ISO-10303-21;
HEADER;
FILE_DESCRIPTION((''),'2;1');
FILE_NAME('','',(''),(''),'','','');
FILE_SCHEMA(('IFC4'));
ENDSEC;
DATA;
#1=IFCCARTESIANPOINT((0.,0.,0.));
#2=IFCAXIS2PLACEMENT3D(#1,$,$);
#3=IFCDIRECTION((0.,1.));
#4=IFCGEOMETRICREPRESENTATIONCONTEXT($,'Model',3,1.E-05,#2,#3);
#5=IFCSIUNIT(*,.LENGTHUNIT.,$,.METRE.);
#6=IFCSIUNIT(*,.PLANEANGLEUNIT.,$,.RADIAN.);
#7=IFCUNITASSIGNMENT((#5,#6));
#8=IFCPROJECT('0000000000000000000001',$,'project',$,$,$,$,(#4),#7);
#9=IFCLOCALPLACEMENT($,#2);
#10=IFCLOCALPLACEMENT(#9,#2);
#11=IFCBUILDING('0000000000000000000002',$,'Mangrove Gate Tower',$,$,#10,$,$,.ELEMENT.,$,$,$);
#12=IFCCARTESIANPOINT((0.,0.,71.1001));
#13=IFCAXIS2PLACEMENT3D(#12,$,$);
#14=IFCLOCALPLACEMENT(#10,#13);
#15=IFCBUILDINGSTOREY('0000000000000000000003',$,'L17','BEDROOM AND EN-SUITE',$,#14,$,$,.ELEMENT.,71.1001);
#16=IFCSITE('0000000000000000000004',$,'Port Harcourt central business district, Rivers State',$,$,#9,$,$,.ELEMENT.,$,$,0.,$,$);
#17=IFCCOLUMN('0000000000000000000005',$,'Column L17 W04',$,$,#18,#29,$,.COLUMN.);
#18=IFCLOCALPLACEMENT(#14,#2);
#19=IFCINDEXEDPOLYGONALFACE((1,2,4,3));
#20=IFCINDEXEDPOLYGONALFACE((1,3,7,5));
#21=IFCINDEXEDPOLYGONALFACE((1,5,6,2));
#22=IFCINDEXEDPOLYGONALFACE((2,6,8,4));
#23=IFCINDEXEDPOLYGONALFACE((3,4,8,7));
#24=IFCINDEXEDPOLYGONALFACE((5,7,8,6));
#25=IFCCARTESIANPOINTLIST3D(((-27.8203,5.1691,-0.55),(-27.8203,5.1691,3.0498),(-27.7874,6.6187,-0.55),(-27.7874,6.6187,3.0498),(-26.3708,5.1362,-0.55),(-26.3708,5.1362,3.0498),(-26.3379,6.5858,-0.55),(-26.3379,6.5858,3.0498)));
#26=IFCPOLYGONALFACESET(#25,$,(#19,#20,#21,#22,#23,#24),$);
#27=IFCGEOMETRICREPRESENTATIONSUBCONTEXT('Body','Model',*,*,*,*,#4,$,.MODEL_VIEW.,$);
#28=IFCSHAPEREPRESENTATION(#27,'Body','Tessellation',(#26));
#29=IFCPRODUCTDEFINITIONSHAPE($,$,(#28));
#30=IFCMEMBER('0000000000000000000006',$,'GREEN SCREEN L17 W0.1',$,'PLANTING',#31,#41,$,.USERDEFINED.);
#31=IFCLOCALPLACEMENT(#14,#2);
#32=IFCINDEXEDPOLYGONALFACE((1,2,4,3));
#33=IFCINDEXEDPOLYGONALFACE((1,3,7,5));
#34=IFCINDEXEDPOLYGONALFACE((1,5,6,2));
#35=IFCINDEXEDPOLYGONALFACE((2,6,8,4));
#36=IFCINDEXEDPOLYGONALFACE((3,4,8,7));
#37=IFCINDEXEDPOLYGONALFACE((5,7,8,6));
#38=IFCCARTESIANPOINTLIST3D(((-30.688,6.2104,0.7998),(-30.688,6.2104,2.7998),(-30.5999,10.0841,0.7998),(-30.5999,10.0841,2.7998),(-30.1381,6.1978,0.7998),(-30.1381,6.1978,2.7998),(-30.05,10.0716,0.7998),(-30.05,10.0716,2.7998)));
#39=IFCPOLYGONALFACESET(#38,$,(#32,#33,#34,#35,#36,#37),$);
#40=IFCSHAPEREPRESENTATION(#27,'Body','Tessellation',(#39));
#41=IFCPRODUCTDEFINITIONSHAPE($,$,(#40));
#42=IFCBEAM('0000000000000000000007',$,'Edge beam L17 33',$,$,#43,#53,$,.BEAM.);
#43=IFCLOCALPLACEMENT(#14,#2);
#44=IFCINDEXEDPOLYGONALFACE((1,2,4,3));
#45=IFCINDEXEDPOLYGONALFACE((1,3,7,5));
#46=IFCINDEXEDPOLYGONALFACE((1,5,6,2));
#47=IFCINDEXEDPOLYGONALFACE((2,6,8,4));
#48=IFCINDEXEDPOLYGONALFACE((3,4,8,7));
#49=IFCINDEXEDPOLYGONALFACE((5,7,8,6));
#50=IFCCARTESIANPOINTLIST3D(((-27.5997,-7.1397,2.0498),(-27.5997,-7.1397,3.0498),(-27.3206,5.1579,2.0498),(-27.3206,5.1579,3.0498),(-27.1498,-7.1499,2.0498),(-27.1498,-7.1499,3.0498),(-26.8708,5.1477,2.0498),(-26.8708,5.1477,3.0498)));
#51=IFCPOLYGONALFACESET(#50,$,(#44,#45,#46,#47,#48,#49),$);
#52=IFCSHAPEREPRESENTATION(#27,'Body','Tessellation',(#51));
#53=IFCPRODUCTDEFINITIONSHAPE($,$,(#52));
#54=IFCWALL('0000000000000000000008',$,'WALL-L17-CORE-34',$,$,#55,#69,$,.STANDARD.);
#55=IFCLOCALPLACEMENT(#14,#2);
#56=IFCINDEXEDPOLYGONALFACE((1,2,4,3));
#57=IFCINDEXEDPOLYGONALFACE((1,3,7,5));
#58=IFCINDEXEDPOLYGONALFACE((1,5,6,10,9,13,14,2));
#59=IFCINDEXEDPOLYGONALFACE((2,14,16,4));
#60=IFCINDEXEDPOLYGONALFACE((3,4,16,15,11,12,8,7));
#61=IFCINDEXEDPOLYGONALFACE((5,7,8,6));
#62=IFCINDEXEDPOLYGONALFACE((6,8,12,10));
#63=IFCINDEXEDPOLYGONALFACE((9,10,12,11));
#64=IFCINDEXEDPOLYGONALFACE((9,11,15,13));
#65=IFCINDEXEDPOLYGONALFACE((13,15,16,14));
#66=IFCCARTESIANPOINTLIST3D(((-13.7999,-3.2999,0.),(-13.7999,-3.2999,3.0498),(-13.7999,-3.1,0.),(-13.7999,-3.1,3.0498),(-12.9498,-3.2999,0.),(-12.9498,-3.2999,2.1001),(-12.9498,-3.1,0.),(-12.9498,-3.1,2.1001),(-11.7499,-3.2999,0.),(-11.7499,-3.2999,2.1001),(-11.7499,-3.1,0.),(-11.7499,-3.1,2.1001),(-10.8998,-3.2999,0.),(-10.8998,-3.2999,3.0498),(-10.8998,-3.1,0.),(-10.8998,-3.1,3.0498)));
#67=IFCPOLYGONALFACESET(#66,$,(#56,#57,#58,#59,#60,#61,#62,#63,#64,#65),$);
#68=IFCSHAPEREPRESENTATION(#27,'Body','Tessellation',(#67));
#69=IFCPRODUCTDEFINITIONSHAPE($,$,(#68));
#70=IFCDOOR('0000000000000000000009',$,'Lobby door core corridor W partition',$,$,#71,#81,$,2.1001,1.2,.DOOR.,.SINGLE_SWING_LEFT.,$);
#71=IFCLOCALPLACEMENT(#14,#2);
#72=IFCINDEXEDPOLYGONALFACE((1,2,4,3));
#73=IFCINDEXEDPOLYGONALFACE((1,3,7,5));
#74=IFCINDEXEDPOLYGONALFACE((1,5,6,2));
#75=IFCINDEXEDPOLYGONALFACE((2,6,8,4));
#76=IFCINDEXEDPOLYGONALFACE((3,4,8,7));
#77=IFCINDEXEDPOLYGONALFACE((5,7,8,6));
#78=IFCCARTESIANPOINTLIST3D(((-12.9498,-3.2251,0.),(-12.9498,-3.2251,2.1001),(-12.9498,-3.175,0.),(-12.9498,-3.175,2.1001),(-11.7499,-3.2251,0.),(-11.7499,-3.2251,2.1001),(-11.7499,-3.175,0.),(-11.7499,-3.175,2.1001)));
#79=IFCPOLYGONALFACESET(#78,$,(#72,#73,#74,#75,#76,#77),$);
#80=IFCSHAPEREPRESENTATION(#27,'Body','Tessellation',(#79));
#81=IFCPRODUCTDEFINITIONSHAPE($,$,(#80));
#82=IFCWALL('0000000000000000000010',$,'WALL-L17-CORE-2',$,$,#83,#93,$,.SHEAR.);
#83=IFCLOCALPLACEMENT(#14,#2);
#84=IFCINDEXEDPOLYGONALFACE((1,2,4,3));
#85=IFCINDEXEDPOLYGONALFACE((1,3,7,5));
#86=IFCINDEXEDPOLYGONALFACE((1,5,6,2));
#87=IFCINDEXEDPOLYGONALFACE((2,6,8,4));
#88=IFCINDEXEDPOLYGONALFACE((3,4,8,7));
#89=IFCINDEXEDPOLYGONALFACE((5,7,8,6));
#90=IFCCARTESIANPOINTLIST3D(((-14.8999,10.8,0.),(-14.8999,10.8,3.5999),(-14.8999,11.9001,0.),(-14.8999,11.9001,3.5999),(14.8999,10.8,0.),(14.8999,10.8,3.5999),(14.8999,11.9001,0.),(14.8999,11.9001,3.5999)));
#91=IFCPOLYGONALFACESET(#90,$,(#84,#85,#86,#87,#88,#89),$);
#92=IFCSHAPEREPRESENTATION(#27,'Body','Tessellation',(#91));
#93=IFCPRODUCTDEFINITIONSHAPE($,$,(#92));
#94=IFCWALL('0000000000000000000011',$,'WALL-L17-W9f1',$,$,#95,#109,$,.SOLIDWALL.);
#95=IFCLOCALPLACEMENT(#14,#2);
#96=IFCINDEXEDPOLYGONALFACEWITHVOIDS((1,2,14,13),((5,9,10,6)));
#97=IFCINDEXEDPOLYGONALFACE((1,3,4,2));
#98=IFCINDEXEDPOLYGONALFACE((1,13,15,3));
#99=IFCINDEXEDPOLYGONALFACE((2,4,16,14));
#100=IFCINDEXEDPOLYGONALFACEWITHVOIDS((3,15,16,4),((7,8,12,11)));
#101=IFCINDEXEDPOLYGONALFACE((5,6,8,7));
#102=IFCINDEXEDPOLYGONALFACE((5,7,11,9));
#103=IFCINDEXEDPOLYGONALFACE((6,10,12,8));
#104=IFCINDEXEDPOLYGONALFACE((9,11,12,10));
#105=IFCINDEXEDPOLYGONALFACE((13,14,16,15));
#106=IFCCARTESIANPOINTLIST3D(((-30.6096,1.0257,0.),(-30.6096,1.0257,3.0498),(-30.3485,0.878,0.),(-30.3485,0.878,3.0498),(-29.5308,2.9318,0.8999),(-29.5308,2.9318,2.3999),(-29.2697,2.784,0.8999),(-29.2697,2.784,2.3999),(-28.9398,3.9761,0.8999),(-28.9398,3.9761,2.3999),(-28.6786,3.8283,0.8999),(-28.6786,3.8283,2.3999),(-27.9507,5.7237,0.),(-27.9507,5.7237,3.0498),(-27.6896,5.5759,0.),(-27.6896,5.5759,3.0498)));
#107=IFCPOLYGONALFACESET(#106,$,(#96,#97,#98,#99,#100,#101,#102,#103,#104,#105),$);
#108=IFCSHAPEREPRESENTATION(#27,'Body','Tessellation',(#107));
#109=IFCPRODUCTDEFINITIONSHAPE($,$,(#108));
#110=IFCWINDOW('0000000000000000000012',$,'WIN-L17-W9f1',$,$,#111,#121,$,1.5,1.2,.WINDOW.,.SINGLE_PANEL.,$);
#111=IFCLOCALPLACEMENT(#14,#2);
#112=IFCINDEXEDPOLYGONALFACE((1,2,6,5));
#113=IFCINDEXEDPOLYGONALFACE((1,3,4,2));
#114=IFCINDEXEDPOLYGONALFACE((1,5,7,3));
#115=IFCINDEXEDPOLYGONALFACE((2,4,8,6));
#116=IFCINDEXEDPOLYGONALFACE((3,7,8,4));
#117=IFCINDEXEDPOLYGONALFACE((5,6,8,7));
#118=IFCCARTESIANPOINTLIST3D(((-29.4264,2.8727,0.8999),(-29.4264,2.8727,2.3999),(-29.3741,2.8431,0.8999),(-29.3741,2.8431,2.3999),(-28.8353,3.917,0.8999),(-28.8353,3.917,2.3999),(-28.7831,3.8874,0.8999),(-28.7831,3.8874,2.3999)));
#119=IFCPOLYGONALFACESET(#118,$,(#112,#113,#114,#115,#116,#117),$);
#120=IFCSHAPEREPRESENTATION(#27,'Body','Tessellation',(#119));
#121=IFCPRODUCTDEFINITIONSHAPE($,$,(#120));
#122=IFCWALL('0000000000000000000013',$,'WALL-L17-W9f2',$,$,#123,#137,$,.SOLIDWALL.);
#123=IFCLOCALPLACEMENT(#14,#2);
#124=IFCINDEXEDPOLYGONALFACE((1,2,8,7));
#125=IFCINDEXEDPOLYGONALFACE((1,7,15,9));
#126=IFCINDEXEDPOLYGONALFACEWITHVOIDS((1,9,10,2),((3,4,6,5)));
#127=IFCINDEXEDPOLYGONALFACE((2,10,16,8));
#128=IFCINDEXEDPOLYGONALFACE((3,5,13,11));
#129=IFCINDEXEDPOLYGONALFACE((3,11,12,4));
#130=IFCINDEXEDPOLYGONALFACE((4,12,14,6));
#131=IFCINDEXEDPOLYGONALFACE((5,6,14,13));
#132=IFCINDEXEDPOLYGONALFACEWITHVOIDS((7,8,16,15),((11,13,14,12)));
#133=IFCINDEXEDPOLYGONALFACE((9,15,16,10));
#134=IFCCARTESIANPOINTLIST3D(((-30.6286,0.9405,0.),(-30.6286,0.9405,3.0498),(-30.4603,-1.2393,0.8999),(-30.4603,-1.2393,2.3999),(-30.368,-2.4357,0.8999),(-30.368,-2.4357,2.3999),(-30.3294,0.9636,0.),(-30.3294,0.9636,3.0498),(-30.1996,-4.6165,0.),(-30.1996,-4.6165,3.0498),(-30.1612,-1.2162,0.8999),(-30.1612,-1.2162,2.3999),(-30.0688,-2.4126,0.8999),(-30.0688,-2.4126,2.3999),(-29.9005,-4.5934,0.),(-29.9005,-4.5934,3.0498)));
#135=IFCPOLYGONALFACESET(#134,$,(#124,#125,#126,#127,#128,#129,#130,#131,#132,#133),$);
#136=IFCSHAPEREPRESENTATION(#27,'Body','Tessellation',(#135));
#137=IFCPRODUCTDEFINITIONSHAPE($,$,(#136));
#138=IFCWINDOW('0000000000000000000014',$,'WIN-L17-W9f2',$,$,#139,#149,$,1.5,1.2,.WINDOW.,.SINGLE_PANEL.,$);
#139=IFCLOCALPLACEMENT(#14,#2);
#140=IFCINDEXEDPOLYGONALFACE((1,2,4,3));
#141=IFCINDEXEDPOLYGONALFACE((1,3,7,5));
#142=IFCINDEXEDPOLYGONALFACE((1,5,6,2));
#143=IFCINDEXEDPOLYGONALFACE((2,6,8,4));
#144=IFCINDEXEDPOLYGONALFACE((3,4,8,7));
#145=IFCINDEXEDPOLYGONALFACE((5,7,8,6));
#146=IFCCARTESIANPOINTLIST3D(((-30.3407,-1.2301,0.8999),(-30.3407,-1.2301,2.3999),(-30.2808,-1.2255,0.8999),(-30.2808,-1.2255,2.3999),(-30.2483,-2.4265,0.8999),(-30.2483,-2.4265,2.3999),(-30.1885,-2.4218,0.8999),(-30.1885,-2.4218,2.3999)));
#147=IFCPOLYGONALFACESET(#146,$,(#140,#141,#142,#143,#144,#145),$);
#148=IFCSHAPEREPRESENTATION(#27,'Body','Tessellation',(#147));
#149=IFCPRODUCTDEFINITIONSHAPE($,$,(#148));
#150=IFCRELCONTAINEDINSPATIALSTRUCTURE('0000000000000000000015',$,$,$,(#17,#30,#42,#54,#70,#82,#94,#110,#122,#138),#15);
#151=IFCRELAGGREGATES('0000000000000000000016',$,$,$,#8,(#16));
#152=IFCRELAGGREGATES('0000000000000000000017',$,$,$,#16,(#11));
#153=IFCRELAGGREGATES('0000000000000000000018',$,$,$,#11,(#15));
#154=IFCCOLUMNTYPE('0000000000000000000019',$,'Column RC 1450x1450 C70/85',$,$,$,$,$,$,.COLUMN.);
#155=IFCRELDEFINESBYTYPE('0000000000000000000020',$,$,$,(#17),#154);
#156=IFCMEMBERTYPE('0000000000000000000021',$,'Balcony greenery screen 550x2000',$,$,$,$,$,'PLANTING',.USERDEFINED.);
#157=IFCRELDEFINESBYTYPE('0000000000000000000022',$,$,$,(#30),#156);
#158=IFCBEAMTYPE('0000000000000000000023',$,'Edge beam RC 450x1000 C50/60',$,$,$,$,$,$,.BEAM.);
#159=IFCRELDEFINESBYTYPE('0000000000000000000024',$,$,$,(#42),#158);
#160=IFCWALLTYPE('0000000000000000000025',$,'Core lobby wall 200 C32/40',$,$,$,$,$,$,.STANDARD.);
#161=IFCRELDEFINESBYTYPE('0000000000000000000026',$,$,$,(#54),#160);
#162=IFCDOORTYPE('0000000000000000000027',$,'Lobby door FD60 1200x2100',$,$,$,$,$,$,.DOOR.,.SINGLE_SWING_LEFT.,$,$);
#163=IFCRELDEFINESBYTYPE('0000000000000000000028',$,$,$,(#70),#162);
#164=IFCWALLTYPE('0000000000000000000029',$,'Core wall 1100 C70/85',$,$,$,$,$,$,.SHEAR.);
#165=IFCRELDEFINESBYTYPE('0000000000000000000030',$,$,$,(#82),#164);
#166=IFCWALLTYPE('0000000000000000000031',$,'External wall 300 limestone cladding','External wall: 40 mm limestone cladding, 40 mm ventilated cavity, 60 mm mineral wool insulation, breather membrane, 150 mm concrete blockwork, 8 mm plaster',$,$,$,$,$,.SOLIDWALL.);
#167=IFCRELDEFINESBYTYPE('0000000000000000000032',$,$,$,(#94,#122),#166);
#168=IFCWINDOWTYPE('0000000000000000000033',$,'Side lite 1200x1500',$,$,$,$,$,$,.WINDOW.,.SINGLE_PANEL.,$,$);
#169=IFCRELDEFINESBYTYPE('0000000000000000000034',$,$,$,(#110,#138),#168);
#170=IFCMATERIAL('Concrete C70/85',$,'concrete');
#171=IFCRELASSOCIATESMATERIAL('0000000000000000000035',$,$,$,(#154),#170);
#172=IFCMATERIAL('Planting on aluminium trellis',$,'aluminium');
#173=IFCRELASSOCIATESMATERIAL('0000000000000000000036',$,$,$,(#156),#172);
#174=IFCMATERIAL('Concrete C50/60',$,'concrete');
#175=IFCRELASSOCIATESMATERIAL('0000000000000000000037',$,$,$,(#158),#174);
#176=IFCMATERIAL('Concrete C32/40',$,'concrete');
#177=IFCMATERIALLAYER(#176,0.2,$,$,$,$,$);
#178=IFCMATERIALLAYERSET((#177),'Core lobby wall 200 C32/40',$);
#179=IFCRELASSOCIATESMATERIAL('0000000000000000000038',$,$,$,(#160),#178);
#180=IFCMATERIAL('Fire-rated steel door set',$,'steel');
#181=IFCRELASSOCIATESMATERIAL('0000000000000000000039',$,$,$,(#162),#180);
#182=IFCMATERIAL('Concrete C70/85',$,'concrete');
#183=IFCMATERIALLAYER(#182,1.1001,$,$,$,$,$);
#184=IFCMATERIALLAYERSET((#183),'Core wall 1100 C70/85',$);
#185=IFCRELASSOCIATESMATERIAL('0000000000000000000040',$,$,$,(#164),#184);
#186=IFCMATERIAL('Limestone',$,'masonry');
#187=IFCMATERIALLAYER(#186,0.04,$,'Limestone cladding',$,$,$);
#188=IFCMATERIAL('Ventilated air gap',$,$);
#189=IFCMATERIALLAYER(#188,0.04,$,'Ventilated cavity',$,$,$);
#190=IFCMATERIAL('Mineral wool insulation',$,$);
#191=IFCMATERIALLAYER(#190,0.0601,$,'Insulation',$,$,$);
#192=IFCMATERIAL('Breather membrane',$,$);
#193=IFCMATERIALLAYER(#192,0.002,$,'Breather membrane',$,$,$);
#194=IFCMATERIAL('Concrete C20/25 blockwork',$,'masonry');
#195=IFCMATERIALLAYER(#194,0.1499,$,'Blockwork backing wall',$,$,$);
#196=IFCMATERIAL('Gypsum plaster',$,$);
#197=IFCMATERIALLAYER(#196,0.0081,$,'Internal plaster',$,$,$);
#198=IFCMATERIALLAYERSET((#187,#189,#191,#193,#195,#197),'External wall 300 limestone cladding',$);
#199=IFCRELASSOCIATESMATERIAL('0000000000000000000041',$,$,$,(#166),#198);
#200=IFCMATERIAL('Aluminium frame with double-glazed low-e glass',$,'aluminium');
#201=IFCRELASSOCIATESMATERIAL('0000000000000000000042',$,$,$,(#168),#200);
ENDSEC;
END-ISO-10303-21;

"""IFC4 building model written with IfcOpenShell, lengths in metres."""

from ifc_helpers import new_model, si_unit, direction, frame, frame_2d, origin, origin_2d, place, context, subcontext, project, spatial, rectangle, extrude, material, layer, layer_set, material_profile, profile_set, type_object, element, fill, save


model = new_model("IFC4")

# Units and contexts
model_context = context("Model", 3, precision=1e-05, world=origin(), true_north=direction((0.0, 1.0)))
body_context = subcontext(model_context, "Body", "Model", "MODEL_VIEW")
ifc_project = project(units=[si_unit("LENGTHUNIT", "METRE"), si_unit("PLANEANGLEUNIT", "RADIAN")], contexts=[model_context])

# Site, building, storey
site_placement = place(None, origin())
site = spatial("IfcSite", under=ifc_project, at=site_placement, Name="Port Harcourt central business district, Rivers State", CompositionType="ELEMENT", RefElevation=0.0)
building_placement = place(site_placement, origin())
building = spatial("IfcBuilding", under=site, at=building_placement, Name="Mangrove Gate Tower", CompositionType="ELEMENT")
storey_placement = place(building_placement, frame((0.0, 0.0, 71.1001)))
storey = spatial("IfcBuildingStorey", under=building, at=storey_placement, Name="L17", Description="BEDROOM AND EN-SUITE", CompositionType="ELEMENT", Elevation=71.1001)

# Column
ifc_material_1 = material(Name="Concrete C70/85", Category="concrete")
ifc_material_profile_1 = material_profile(ifc_material_1, rectangle(XDim=1.45, YDim=1.45, at=origin_2d()))
ifc_profile_set_1 = profile_set([ifc_material_profile_1], Name="Concrete C70/85")
column_type = type_object("IfcColumnType", Name="Column RC 1450x1450 C70/85", PredefinedType="COLUMN", material=ifc_profile_set_1)
column_placement = place(storey_placement, frame((-27.0791, 5.8774, -0.55), z_axis=(0.0, 0.0, 1.0), x_axis=(-0.022687, -0.999743, 0.0)))
element("IfcColumn", 1, at=column_placement, inside=storey, type_object=column_type, Name="Column L17 W04", PredefinedType="COLUMN", context=body_context, shape_type="SweptSolid", body=[
    extrude(rectangle(XDim=1.45, YDim=1.45, at=origin_2d()), origin(), (0.0, 0.0, 1.0), 3.5999),
])

# Member
ifc_material_2 = material(Name="Planting on aluminium trellis", Category="aluminium")
ifc_material_profile_2 = material_profile(ifc_material_2, rectangle(XDim=0.55, YDim=2.0, at=origin_2d()))
ifc_profile_set_2 = profile_set([ifc_material_profile_2], Name="Planting on aluminium trellis")
member_type = type_object("IfcMemberType", Name="Balcony greenery screen 550x2000", ElementType="PLANTING", PredefinedType="USERDEFINED", material=ifc_profile_set_2)
member_placement = place(storey_placement, frame((-30.4131, 6.2041, 1.7998), z_axis=(0.022746, 0.999741, 0.0), x_axis=(-0.999741, 0.022746, 0.0)))
element("IfcMember", 2, at=member_placement, inside=storey, type_object=member_type, Name="GREEN SCREEN L17 W0.1", ObjectType="PLANTING", PredefinedType="USERDEFINED", context=body_context, shape_type="SweptSolid", body=[
    extrude(rectangle(XDim=0.55, YDim=2.0, at=origin_2d()), origin(), (0.0, 0.0, 1.0), 3.8748),
])

# Beam
ifc_material_3 = material(Name="Concrete C50/60", Category="concrete")
ifc_material_profile_3 = material_profile(ifc_material_3, rectangle(XDim=0.45, YDim=1.0, at=origin_2d()))
ifc_profile_set_3 = profile_set([ifc_material_profile_3], Name="Concrete C50/60")
beam_type = type_object("IfcBeamType", Name="Edge beam RC 450x1000 C50/60", PredefinedType="BEAM", material=ifc_profile_set_3)
beam_placement = place(storey_placement, frame((-27.0957, 5.1528, 2.5498), z_axis=(-0.022686, -0.999743, 0.0), x_axis=(0.999743, -0.022686, 0.0)))
element("IfcBeam", 3, at=beam_placement, inside=storey, type_object=beam_type, Name="Edge beam L17 33", PredefinedType="BEAM", context=body_context, shape_type="SweptSolid", body=[
    extrude(rectangle(XDim=0.45, YDim=1.0, at=origin_2d()), origin(), (0.0, 0.0, 1.0), 12.3008),
])

# Wall, opening, door
ifc_material_4 = material(Name="Concrete C32/40", Category="concrete")
ifc_layer_1 = layer(ifc_material_4, 0.2)
ifc_layer_set_1 = layer_set([ifc_layer_1], Name="Core lobby wall 200 C32/40")
wall_type_1 = type_object("IfcWallType", Name="Core lobby wall 200 C32/40", PredefinedType="STANDARD", material=ifc_layer_set_1)
wall_1_placement = place(storey_placement, frame((-13.8, -3.2, 0.0), z_axis=(0.0, 0.0, 1.0), x_axis=(1.0, 0.0, 0.0)))
wall_1 = element("IfcWall", 4, at=wall_1_placement, inside=storey, type_object=wall_type_1, Name="WALL-L17-CORE-34", PredefinedType="STANDARD", context=body_context, shape_type="SweptSolid", body=[
    extrude(rectangle(XDim=2.9001, YDim=0.2, at=frame_2d((1.4502, 0.0))), origin(), (0.0, 0.0, 1.0), 3.0498),
])
opening_1_placement = place(wall_1_placement, frame((0.8501, 0.0, 0.0)))
opening_1 = element("IfcOpeningElement", 5, at=opening_1_placement, cuts=wall_1, PredefinedType="OPENING", context=body_context, shape_type="SweptSolid", body=[
    extrude(rectangle(XDim=1.2, YDim=2.1001, at=frame_2d((0.6001, 1.05))), frame((0.0, 0.1099, 0.0), z_axis=(0.0, -1.0, 0.0), x_axis=(1.0, 0.0, 0.0)), (0.0, 0.0, 1.0), 0.22),
])
ifc_material_5 = material(Name="Fire-rated steel door set", Category="steel")
door_type = type_object("IfcDoorType", Name="Lobby door FD60 1200x2100", OperationType="SINGLE_SWING_LEFT", PredefinedType="DOOR", material=ifc_material_5)
door_placement = place(opening_1_placement, origin())
door = element("IfcDoor", 6, at=door_placement, inside=storey, type_object=door_type, Name="Lobby door core corridor W partition", OperationType="SINGLE_SWING_LEFT", OverallHeight=2.1001, OverallWidth=1.2, PredefinedType="DOOR", context=body_context, shape_type="SweptSolid", body=[
    extrude(rectangle(XDim=1.2, YDim=2.1001, at=frame_2d((0.6001, 1.05))), frame((0.0, 0.0249, 0.0), z_axis=(0.0, -1.0, 0.0), x_axis=(1.0, 0.0, 0.0)), (0.0, 0.0, 1.0), 0.05),
])
fill(opening_1, door)

# Wall
ifc_material_6 = material(Name="Concrete C70/85", Category="concrete")
ifc_layer_2 = layer(ifc_material_6, 1.1001)
ifc_layer_set_2 = layer_set([ifc_layer_2], Name="Core wall 1100 C70/85")
wall_type_2 = type_object("IfcWallType", Name="Core wall 1100 C70/85", PredefinedType="SHEAR", material=ifc_layer_set_2)
wall_2_placement = place(storey_placement, frame((-14.8999, 11.3501, 0.0), z_axis=(0.0, 0.0, 1.0), x_axis=(1.0, 0.0, 0.0)))
element("IfcWall", 7, at=wall_2_placement, inside=storey, type_object=wall_type_2, Name="WALL-L17-CORE-2", PredefinedType="SHEAR", context=body_context, shape_type="SweptSolid", body=[
    extrude(rectangle(XDim=29.7998, YDim=1.1001, at=frame_2d((14.8999, 0.0))), origin(), (0.0, 0.0, 1.0), 3.5999),
])

# Walls, openings, windows
ifc_material_7 = material(Name="Limestone", Category="masonry")
ifc_layer_3 = layer(ifc_material_7, 0.04, Name="Limestone cladding")
ifc_material_8 = material(Name="Ventilated air gap")
ifc_layer_4 = layer(ifc_material_8, 0.04, Name="Ventilated cavity")
ifc_material_9 = material(Name="Mineral wool insulation")
ifc_layer_5 = layer(ifc_material_9, 0.0601, Name="Insulation")
ifc_material_10 = material(Name="Breather membrane")
ifc_layer_6 = layer(ifc_material_10, 0.002, Name="Breather membrane")
ifc_material_11 = material(Name="Concrete C20/25 blockwork", Category="masonry")
ifc_layer_7 = layer(ifc_material_11, 0.1499, Name="Blockwork backing wall")
ifc_material_12 = material(Name="Gypsum plaster")
ifc_layer_8 = layer(ifc_material_12, 0.0081, Name="Internal plaster")
ifc_layer_set_3 = layer_set([ifc_layer_3, ifc_layer_4, ifc_layer_5, ifc_layer_6, ifc_layer_7, ifc_layer_8], Name="External wall 300 limestone cladding")
wall_type_3 = type_object("IfcWallType", Name="External wall 300 limestone cladding", Description="External wall: 40 mm limestone cladding, 40 mm ventilated cavity, 60 mm mineral wool insulation, breather membrane, 150 mm concrete blockwork, 8 mm plaster", PredefinedType="SOLIDWALL", material=ifc_layer_set_3)
wall_3_placement = place(storey_placement, frame((-27.8201, 5.6499, 0.0), z_axis=(0.0, 0.0, 1.0), x_axis=(-0.492555, -0.870281, 0.0)))
wall_3 = element("IfcWall", 8, at=wall_3_placement, inside=storey, type_object=wall_type_3, Name="WALL-L17-W9f1", PredefinedType="SOLIDWALL", context=body_context, shape_type="SweptSolid", body=[
    extrude(rectangle(XDim=5.3982, YDim=0.3, at=frame_2d((2.6992, 0.0))), origin(), (0.0, 0.0, 1.0), 3.0498),
])
opening_2_placement = place(wall_3_placement, frame((2.0081, 0.0, 0.8999)))
opening_2 = element("IfcOpeningElement", 9, at=opening_2_placement, cuts=wall_3, PredefinedType="OPENING", context=body_context, shape_type="SweptSolid", body=[
    extrude(rectangle(XDim=1.2, YDim=1.5, at=frame_2d((0.6001, 0.75))), frame((0.0, 0.1599, 0.0), z_axis=(0.0, -1.0, 0.0), x_axis=(1.0, 0.0, 0.0)), (0.0, 0.0, 1.0), 0.3201),
])
ifc_material_13 = material(Name="Aluminium frame with double-glazed low-e glass", Category="aluminium")
window_type = type_object("IfcWindowType", Name="Side lite 1200x1500", PartitioningType="SINGLE_PANEL", PredefinedType="WINDOW", material=ifc_material_13)
window_1_placement = place(opening_2_placement, origin())
window_1 = element("IfcWindow", 10, at=window_1_placement, inside=storey, type_object=window_type, Name="WIN-L17-W9f1", OverallHeight=1.5, OverallWidth=1.2, PartitioningType="SINGLE_PANEL", PredefinedType="WINDOW", context=body_context, shape_type="SweptSolid", body=[
    extrude(rectangle(XDim=1.2, YDim=1.5, at=frame_2d((0.6001, 0.75))), frame((0.0, 0.03, 0.0), z_axis=(0.0, -1.0, 0.0), x_axis=(1.0, 0.0, 0.0)), (0.0, 0.0, 1.0), 0.0601),
])
fill(opening_2, window_1)
wall_4_placement = place(storey_placement, frame((-30.479, 0.9519, 0.0), z_axis=(0.0, 0.0, 1.0), x_axis=(0.076964, -0.997034, 0.0)))
wall_4 = element("IfcWall", 11, at=wall_4_placement, inside=storey, type_object=wall_type_3, Name="WALL-L17-W9f2", PredefinedType="SOLIDWALL", context=body_context, shape_type="SweptSolid", body=[
    extrude(rectangle(XDim=5.5735, YDim=0.3, at=frame_2d((2.7866, 0.0))), origin(), (0.0, 0.0, 1.0), 3.0498),
])
opening_3_placement = place(wall_4_placement, frame((2.186, 0.0, 0.8999)))
opening_3 = element("IfcOpeningElement", 12, at=opening_3_placement, cuts=wall_4, PredefinedType="OPENING", context=body_context, shape_type="SweptSolid", body=[
    extrude(rectangle(XDim=1.2, YDim=1.5, at=frame_2d((0.6001, 0.75))), frame((0.0, 0.1599, 0.0), z_axis=(0.0, -1.0, 0.0), x_axis=(1.0, 0.0, 0.0)), (0.0, 0.0, 1.0), 0.3201),
])
window_2_placement = place(opening_3_placement, origin())
window_2 = element("IfcWindow", 13, at=window_2_placement, inside=storey, type_object=window_type, Name="WIN-L17-W9f2", OverallHeight=1.5, OverallWidth=1.2, PartitioningType="SINGLE_PANEL", PredefinedType="WINDOW", context=body_context, shape_type="SweptSolid", body=[
    extrude(rectangle(XDim=1.2, YDim=1.5, at=frame_2d((0.6001, 0.75))), frame((0.0, 0.03, 0.0), z_axis=(0.0, -1.0, 0.0), x_axis=(1.0, 0.0, 0.0)), (0.0, 0.0, 1.0), 0.0601),
])
fill(opening_3, window_2)

save(model, "model.ifc")
